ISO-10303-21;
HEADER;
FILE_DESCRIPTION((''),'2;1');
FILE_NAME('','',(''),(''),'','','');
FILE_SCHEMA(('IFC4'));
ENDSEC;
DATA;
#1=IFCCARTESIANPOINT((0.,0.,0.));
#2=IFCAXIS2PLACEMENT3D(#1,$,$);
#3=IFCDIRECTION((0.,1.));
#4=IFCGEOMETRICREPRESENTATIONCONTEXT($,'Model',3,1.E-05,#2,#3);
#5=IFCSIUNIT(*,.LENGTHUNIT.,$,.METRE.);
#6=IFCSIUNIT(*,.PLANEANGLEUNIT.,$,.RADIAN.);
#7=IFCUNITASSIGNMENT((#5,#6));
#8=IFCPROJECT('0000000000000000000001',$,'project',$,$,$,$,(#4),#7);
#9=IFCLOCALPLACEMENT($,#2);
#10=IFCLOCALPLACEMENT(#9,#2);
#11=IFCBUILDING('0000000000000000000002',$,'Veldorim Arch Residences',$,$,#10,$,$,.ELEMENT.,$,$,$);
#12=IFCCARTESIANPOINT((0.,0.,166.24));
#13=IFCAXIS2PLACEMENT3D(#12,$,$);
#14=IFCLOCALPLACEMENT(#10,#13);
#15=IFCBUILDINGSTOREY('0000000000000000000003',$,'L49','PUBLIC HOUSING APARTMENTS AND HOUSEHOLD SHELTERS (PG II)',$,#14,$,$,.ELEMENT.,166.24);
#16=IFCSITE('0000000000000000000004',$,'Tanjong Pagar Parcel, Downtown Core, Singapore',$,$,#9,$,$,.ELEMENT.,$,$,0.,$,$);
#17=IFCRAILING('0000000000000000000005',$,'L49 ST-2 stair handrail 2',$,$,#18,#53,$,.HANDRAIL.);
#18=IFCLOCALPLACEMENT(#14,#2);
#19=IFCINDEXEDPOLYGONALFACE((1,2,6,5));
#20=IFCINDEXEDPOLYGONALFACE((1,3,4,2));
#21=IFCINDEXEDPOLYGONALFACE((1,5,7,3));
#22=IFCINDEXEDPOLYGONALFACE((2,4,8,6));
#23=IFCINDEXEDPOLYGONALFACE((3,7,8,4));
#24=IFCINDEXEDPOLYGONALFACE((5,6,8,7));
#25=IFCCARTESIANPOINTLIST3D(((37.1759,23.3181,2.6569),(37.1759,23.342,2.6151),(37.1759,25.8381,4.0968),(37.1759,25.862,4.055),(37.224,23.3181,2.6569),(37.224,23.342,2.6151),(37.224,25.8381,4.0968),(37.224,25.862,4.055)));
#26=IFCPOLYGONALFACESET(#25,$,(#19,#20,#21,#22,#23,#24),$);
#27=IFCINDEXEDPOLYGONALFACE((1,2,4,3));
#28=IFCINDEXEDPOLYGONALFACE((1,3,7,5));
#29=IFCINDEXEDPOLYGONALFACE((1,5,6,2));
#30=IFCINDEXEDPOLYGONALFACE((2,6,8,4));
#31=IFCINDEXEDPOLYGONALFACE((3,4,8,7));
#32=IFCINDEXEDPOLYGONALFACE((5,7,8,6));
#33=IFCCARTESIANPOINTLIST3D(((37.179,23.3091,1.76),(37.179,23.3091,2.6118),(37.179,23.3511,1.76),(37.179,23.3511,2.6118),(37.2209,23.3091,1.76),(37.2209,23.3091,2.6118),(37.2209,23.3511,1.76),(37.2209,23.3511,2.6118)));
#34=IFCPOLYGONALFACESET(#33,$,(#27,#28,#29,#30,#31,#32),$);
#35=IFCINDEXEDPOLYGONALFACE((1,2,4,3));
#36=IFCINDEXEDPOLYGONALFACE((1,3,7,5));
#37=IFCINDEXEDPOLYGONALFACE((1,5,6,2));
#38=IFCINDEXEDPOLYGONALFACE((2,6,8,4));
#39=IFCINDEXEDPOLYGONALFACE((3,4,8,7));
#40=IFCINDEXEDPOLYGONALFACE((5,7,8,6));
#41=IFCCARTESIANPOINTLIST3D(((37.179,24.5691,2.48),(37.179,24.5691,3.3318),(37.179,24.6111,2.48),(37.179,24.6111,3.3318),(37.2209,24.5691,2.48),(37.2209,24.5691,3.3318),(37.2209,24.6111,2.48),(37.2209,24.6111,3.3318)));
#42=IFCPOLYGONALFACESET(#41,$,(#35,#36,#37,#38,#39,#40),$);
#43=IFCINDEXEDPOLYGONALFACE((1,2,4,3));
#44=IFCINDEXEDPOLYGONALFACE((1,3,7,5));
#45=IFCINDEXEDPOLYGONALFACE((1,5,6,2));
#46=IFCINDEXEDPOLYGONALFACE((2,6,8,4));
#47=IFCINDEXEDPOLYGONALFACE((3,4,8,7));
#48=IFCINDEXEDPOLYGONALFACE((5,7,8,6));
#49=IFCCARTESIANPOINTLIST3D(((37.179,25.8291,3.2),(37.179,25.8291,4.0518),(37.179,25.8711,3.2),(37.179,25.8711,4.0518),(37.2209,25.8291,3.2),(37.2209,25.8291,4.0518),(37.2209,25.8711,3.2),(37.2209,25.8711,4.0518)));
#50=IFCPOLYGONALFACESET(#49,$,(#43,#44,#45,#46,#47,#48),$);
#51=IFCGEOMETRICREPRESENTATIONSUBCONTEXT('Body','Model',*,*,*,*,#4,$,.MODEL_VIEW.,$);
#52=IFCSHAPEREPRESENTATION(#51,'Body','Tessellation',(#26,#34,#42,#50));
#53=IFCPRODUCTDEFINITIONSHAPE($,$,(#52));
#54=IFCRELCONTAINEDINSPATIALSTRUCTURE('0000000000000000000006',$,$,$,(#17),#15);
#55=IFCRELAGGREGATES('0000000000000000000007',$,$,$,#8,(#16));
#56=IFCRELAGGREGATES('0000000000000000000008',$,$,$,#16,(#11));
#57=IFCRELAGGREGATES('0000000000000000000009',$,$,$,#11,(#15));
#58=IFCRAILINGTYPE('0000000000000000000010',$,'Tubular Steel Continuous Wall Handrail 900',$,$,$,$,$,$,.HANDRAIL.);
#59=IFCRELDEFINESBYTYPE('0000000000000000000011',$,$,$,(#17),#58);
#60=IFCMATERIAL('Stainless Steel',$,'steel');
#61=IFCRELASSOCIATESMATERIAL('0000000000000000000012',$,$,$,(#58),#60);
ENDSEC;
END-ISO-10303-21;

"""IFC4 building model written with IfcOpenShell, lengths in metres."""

from ifc_helpers import new_model, si_unit, direction, frame, origin, origin_2d, place, context, subcontext, project, spatial, rectangle, extrude, material, type_object, element, save


model = new_model("IFC4")

# Units and contexts
model_context = context("Model", 3, precision=1e-05, world=origin(), true_north=direction((0.0, 1.0)))
body_context = subcontext(model_context, "Body", "Model", "MODEL_VIEW")
ifc_project = project(units=[si_unit("LENGTHUNIT", "METRE"), si_unit("PLANEANGLEUNIT", "RADIAN")], contexts=[model_context])

# Site, building, storey
site_placement = place(None, origin())
site = spatial("IfcSite", under=ifc_project, at=site_placement, Name="Tanjong Pagar Parcel, Downtown Core, Singapore", CompositionType="ELEMENT", RefElevation=0.0)
building_placement = place(site_placement, origin())
building = spatial("IfcBuilding", under=site, at=building_placement, Name="Veldorim Arch Residences", CompositionType="ELEMENT")
storey_placement = place(building_placement, frame((0.0, 0.0, 166.24)))
storey = spatial("IfcBuildingStorey", under=building, at=storey_placement, Name="L49", Description="PUBLIC HOUSING APARTMENTS AND HOUSEHOLD SHELTERS (PG II)", CompositionType="ELEMENT", Elevation=166.24)

# Railing
ifc_material_1 = material(Name="Stainless Steel", Category="steel")
railing_type_1 = type_object("IfcRailingType", Name="Tubular Steel Continuous Wall Handrail 900", PredefinedType="HANDRAIL", material=ifc_material_1)
railing_1_placement = place(storey_placement, frame((37.2, 23.3301, 1.76)))
element("IfcRailing", 1, at=railing_1_placement, inside=storey, type_object=railing_type_1, Name="L49 ST-2 stair handrail 2", PredefinedType="HANDRAIL", context=body_context, shape_type="SweptSolid", body=[
    extrude(rectangle(XDim=0.0481, YDim=0.0481, at=origin_2d()), frame((0.0, 0.0, 0.876), z_axis=(0.0, 0.868253, 0.496121), x_axis=(-1.0, 0.0, 0.0)), (0.0, 0.0, 1.0), 2.9023),
    extrude(rectangle(XDim=0.042, YDim=0.042, at=origin_2d()), origin(), (0.0, 0.0, 1.0), 0.8518),
    extrude(rectangle(XDim=0.042, YDim=0.042, at=origin_2d()), frame((0.0, 1.26, 0.72)), (0.0, 0.0, 1.0), 0.8518),
    extrude(rectangle(XDim=0.042, YDim=0.042, at=origin_2d()), frame((0.0, 2.52, 1.4399)), (0.0, 0.0, 1.0), 0.8518),
])

save(model, "model.ifc")
